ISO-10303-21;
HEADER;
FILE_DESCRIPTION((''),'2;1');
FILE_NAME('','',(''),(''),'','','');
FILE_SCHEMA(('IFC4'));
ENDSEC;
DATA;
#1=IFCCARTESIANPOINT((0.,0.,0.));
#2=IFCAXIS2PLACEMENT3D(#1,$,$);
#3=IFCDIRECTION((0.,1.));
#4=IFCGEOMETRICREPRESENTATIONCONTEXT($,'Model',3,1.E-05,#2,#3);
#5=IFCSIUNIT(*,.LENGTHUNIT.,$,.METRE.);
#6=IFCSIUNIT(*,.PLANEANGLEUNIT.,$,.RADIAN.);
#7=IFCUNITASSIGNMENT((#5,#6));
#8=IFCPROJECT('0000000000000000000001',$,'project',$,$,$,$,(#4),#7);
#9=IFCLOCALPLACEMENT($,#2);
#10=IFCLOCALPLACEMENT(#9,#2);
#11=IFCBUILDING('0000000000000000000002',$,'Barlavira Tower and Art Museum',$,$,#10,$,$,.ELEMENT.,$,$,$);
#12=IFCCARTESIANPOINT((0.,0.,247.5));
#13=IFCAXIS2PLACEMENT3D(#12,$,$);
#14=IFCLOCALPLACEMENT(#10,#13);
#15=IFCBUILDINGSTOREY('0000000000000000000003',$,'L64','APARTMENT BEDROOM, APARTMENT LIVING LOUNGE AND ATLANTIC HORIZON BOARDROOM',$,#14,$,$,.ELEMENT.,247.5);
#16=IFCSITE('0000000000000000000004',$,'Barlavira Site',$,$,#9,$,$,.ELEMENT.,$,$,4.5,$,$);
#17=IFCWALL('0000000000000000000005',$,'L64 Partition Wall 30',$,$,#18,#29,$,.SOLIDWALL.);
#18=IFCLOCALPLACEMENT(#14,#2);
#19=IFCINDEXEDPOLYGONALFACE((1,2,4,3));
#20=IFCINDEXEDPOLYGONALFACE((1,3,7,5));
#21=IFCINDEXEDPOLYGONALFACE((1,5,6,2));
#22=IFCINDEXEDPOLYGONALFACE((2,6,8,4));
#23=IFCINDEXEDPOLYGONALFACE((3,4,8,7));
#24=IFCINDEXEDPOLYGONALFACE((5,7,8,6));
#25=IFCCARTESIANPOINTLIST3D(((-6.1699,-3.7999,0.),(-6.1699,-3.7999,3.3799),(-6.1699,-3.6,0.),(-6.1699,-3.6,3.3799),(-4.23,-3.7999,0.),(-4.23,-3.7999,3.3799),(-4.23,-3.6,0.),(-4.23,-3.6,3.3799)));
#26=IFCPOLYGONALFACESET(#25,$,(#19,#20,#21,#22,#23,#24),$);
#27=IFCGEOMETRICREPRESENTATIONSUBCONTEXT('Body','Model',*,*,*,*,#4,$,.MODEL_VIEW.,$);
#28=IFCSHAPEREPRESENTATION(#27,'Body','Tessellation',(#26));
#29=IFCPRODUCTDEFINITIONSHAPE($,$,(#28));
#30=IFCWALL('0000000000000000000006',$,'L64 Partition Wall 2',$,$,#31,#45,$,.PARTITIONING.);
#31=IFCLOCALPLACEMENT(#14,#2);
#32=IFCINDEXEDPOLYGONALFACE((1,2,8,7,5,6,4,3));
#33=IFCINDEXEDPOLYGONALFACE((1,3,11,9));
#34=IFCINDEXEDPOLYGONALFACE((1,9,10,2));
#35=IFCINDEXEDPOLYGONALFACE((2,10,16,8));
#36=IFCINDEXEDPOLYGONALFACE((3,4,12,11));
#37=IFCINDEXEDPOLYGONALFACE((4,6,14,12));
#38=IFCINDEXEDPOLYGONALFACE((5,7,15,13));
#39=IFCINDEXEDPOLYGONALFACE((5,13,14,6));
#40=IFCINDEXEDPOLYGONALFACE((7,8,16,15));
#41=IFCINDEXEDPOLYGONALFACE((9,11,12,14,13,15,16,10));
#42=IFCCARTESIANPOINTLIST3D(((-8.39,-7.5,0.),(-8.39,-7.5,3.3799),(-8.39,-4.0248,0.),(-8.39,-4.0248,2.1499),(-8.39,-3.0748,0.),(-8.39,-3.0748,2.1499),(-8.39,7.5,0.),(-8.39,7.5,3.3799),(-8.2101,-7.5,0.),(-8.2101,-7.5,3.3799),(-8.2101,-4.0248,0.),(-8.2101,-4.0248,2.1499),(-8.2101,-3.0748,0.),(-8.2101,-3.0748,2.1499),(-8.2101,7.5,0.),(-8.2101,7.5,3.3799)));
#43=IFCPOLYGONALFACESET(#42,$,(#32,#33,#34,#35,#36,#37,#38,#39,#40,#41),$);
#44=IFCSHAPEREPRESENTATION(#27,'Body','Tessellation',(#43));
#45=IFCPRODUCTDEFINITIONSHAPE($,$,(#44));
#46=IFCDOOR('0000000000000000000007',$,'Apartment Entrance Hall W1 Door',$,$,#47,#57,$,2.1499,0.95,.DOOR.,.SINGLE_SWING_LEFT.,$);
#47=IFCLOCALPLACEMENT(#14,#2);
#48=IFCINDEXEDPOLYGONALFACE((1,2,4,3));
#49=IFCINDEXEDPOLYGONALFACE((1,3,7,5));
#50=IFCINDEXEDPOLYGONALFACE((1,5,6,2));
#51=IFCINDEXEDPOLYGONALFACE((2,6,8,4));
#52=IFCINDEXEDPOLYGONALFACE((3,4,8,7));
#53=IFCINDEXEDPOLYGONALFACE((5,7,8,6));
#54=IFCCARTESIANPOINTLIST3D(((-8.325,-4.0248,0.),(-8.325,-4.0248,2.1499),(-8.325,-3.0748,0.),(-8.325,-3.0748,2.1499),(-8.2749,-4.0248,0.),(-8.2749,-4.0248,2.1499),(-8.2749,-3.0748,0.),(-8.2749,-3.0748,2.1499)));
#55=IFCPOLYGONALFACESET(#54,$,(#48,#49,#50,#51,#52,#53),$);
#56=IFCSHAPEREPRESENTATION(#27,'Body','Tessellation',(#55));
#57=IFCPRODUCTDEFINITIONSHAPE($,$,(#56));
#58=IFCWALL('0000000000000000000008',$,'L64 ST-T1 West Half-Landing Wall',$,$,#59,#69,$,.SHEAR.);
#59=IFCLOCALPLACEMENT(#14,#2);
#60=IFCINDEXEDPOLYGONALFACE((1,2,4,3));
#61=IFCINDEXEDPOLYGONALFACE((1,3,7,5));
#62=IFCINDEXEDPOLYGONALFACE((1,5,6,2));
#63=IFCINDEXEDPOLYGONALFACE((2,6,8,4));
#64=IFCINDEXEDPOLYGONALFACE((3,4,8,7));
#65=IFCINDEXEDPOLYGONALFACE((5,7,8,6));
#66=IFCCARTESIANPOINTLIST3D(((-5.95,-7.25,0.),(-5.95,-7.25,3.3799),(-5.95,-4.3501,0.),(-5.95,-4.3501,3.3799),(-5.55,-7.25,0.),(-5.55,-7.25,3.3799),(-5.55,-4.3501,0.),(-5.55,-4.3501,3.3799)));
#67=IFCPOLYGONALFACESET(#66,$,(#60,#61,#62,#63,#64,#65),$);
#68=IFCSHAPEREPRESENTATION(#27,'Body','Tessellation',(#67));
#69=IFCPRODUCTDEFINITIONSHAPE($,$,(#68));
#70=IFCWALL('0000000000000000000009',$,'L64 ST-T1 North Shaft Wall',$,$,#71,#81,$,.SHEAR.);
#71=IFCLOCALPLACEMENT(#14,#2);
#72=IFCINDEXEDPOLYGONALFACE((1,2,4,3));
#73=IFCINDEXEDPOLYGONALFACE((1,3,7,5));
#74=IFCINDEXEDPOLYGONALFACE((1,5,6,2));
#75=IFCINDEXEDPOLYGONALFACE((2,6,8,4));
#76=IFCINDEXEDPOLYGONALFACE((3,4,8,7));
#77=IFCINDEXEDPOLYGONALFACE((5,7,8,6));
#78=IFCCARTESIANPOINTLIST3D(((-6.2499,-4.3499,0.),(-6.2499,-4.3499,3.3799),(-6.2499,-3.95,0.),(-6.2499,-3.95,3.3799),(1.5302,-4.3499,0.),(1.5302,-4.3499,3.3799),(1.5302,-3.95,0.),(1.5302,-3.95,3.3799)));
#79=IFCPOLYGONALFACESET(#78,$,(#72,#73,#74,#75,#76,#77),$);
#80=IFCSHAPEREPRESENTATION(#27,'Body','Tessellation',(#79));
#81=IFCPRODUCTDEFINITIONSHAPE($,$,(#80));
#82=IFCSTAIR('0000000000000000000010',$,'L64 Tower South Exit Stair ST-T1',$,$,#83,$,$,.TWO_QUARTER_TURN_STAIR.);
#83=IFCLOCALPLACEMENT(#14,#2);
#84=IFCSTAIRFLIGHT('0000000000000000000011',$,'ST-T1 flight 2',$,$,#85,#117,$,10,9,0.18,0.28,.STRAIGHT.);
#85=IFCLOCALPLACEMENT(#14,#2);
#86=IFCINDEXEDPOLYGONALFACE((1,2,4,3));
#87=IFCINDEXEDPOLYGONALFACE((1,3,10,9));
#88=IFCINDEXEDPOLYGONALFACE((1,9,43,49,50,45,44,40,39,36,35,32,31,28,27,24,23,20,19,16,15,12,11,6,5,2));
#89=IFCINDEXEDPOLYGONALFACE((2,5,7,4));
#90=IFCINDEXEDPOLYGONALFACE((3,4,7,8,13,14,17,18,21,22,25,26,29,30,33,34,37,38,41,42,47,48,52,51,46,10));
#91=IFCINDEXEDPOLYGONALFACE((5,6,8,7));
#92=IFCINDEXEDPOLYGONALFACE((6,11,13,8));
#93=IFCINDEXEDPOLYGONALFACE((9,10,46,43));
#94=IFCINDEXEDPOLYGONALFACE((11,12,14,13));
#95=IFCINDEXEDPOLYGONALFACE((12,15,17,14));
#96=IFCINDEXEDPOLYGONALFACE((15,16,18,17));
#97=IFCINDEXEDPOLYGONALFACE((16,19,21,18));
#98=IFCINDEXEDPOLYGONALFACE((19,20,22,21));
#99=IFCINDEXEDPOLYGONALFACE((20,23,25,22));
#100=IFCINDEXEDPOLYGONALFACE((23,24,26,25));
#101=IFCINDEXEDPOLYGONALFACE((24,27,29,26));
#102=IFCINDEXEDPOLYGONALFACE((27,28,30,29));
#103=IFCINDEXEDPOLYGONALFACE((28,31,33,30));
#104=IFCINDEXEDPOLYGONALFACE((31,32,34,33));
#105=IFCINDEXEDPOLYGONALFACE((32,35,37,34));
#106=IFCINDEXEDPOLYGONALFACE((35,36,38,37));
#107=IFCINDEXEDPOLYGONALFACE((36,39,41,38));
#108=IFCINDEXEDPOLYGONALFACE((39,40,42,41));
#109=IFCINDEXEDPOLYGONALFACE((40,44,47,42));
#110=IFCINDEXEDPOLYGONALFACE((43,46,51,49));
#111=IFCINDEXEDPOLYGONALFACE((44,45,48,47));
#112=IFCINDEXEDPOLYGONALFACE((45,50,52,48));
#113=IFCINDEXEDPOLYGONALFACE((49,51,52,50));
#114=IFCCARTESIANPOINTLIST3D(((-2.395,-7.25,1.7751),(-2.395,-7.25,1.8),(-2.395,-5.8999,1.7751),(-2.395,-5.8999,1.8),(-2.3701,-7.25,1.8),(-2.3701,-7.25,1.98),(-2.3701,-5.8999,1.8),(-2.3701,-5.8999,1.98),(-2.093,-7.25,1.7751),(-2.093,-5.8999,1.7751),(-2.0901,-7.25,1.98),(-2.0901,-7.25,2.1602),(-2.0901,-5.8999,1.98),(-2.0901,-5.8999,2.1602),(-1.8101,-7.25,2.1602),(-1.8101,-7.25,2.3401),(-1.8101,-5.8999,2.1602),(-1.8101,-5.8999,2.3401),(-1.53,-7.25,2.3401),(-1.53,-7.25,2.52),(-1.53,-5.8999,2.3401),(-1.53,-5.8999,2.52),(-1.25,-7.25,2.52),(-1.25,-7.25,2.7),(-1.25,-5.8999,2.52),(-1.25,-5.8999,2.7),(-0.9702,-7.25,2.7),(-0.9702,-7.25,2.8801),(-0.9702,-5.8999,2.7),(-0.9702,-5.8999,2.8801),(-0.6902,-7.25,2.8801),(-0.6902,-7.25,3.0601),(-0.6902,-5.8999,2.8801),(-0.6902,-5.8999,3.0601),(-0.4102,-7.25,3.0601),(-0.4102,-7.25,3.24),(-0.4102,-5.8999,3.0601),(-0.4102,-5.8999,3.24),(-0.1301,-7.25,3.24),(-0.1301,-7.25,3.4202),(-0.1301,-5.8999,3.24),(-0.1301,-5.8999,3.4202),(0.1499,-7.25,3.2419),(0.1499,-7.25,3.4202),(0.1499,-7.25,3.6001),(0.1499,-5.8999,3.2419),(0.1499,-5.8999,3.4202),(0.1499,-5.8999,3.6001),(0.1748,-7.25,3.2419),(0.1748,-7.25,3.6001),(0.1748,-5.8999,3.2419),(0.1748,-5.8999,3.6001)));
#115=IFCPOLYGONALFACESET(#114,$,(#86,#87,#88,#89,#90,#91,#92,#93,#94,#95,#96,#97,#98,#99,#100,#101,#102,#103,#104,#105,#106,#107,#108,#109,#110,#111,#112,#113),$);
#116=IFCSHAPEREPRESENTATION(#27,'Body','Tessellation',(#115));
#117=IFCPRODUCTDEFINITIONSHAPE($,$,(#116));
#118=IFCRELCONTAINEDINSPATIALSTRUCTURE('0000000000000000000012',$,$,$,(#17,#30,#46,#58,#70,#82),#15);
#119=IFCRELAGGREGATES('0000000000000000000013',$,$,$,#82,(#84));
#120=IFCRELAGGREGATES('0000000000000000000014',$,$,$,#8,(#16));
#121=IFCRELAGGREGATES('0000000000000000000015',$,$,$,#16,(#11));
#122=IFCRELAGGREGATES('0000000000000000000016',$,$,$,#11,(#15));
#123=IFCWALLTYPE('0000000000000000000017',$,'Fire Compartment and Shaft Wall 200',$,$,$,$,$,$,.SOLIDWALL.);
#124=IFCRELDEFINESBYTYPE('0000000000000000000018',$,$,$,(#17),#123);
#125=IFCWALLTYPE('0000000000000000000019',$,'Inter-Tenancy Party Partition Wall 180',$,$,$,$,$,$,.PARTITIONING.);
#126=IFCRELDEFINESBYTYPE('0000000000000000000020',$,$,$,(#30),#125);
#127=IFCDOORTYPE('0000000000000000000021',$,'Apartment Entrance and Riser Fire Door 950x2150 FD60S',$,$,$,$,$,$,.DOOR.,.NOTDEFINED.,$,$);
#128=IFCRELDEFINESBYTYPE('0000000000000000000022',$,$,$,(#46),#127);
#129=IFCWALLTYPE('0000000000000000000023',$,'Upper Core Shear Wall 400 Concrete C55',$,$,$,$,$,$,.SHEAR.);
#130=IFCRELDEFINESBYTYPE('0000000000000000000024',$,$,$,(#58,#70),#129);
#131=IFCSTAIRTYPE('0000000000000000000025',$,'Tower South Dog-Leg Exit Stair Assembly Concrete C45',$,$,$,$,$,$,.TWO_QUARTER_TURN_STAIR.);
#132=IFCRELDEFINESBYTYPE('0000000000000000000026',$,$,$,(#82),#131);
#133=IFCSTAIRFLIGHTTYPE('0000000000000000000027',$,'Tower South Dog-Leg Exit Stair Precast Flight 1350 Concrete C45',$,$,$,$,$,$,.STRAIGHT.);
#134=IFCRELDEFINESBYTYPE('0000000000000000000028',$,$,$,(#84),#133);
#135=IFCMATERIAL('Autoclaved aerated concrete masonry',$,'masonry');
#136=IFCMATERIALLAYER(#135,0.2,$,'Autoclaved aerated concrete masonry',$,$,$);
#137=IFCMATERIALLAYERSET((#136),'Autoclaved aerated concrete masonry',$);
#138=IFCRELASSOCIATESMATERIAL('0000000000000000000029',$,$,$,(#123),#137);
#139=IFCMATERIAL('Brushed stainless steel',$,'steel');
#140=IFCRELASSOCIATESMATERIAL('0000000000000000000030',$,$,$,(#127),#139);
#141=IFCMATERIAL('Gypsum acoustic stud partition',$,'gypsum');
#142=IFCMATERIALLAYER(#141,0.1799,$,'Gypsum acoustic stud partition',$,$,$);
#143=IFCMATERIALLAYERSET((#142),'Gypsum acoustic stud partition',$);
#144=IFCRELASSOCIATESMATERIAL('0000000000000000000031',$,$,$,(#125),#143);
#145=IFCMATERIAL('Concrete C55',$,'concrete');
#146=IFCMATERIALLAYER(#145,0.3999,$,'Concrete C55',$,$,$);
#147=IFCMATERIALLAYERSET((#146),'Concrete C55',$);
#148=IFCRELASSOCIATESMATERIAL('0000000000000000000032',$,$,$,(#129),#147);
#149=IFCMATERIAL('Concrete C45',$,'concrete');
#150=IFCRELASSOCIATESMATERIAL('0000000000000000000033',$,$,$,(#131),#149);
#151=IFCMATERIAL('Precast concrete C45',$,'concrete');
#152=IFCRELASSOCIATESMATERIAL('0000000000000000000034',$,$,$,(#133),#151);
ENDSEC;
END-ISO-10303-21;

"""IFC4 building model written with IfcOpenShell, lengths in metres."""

from ifc_helpers import new_model, si_unit, direction, frame, frame_2d, origin, place, context, subcontext, project, spatial, polyline, rectangle, outline, extrude, material, layer, layer_set, type_object, element, fill, aggregate, save


model = new_model("IFC4")

# Units and contexts
model_context = context("Model", 3, precision=1e-05, world=origin(), true_north=direction((0.0, 1.0)))
body_context = subcontext(model_context, "Body", "Model", "MODEL_VIEW")
ifc_project = project(units=[si_unit("LENGTHUNIT", "METRE"), si_unit("PLANEANGLEUNIT", "RADIAN")], contexts=[model_context])

# Site, building, storey
site_placement = place(None, origin())
site = spatial("IfcSite", under=ifc_project, at=site_placement, Name="Barlavira Site", CompositionType="ELEMENT", RefElevation=4.5)
building_placement = place(site_placement, origin())
building = spatial("IfcBuilding", under=site, at=building_placement, Name="Barlavira Tower and Art Museum", CompositionType="ELEMENT")
storey_placement = place(building_placement, frame((0.0, 0.0, 247.5)))
storey = spatial("IfcBuildingStorey", under=building, at=storey_placement, Name="L64", Description="APARTMENT BEDROOM, APARTMENT LIVING LOUNGE AND ATLANTIC HORIZON BOARDROOM", CompositionType="ELEMENT", Elevation=247.5)

# Shared definitions
ifc_material_1 = material(Name="Gypsum acoustic stud partition", Category="gypsum")

# Shared definitions
ifc_material_2 = material(Name="Autoclaved aerated concrete masonry", Category="masonry")
ifc_layer_1 = layer(ifc_material_2, 0.2, Name="Autoclaved aerated concrete masonry")
ifc_layer_set_1 = layer_set([ifc_layer_1], Name="Autoclaved aerated concrete masonry")
wall_type_1 = type_object("IfcWallType", Name="Fire Compartment and Shaft Wall 200", PredefinedType="SOLIDWALL", material=ifc_layer_set_1)

# Shared definitions
ifc_material_3 = material(Name="Brushed stainless steel", Category="steel")
door_type_1 = type_object("IfcDoorType", Name="Apartment Entrance and Riser Fire Door 950x2150 FD60S", OperationType="NOTDEFINED", PredefinedType="DOOR", material=ifc_material_3)

# Wall
wall_1_placement = place(storey_placement, frame((-6.1699, -3.7, 0.0), z_axis=(0.0, 0.0, 1.0), x_axis=(1.0, 0.0, 0.0)))
element("IfcWall", 1, at=wall_1_placement, inside=storey, type_object=wall_type_1, Name="L64 Partition Wall 30", PredefinedType="SOLIDWALL", context=body_context, shape_type="SweptSolid", body=[
    extrude(rectangle(XDim=1.9399, YDim=0.2, at=frame_2d((0.97, 0.0))), origin(), (0.0, 0.0, 1.0), 3.3799),
])

# Wall, opening, door
ifc_layer_2 = layer(ifc_material_1, 0.1799, Name="Gypsum acoustic stud partition")
ifc_layer_set_2 = layer_set([ifc_layer_2], Name="Gypsum acoustic stud partition")
wall_type_2 = type_object("IfcWallType", Name="Inter-Tenancy Party Partition Wall 180", PredefinedType="PARTITIONING", material=ifc_layer_set_2)
wall_2_placement = place(storey_placement, frame((-8.3, -7.5, 0.0), z_axis=(0.0, 0.0, 1.0), x_axis=(0.0, 1.0, 0.0)))
wall_2 = element("IfcWall", 2, at=wall_2_placement, inside=storey, type_object=wall_type_2, Name="L64 Partition Wall 2", PredefinedType="PARTITIONING", context=body_context, shape_type="SweptSolid", body=[
    extrude(rectangle(XDim=15.0, YDim=0.1799, at=frame_2d((7.5, 0.0))), origin(), (0.0, 0.0, 1.0), 3.3799),
])
opening_1_placement = place(wall_2_placement, frame((3.4751, 0.0, 0.0)))
opening_1 = element("IfcOpeningElement", 3, at=opening_1_placement, cuts=wall_2, PredefinedType="OPENING", context=body_context, shape_type="SweptSolid", body=[
    extrude(rectangle(XDim=0.95, YDim=2.1499, at=frame_2d((0.4751, 1.075))), frame((0.0, 0.1001, 0.0), z_axis=(0.0, -1.0, 0.0), x_axis=(1.0, 0.0, 0.0)), (0.0, 0.0, 1.0), 0.2),
])
door_1_placement = place(opening_1_placement, origin())
door_1 = element("IfcDoor", 4, at=door_1_placement, inside=storey, type_object=door_type_1, Name="Apartment Entrance Hall W1 Door", OperationType="SINGLE_SWING_LEFT", OverallHeight=2.1499, OverallWidth=0.95, PredefinedType="DOOR", context=body_context, shape_type="SweptSolid", body=[
    extrude(rectangle(XDim=0.95, YDim=2.1499, at=frame_2d((0.4751, 1.075))), frame((0.0, 0.0249, 0.0), z_axis=(0.0, -1.0, 0.0), x_axis=(1.0, 0.0, 0.0)), (0.0, 0.0, 1.0), 0.05),
])
fill(opening_1, door_1)

# Walls
ifc_material_4 = material(Name="Concrete C55", Category="concrete")
ifc_layer_3 = layer(ifc_material_4, 0.3999, Name="Concrete C55")
ifc_layer_set_3 = layer_set([ifc_layer_3], Name="Concrete C55")
wall_type_3 = type_object("IfcWallType", Name="Upper Core Shear Wall 400 Concrete C55", PredefinedType="SHEAR", material=ifc_layer_set_3)
wall_3_placement = place(storey_placement, frame((-5.75, -7.25, 0.0), z_axis=(0.0, 0.0, 1.0), x_axis=(0.0, 1.0, 0.0)))
element("IfcWall", 5, at=wall_3_placement, inside=storey, type_object=wall_type_3, Name="L64 ST-T1 West Half-Landing Wall", PredefinedType="SHEAR", context=body_context, shape_type="SweptSolid", body=[
    extrude(rectangle(XDim=2.8999, YDim=0.3999, at=frame_2d((1.45, 0.0))), origin(), (0.0, 0.0, 1.0), 3.3799),
])
wall_4_placement = place(storey_placement, frame((-6.25, -4.1499, 0.0), z_axis=(0.0, 0.0, 1.0), x_axis=(1.0, 0.0, 0.0)))
element("IfcWall", 6, at=wall_4_placement, inside=storey, type_object=wall_type_3, Name="L64 ST-T1 North Shaft Wall", PredefinedType="SHEAR", context=body_context, shape_type="SweptSolid", body=[
    extrude(rectangle(XDim=7.78, YDim=0.3999, at=frame_2d((3.8901, 0.0))), origin(), (0.0, 0.0, 1.0), 3.3799),
])

# Stair, stair flight
ifc_material_5 = material(Name="Concrete C45", Category="concrete")
stair_type = type_object("IfcStairType", Name="Tower South Dog-Leg Exit Stair Assembly Concrete C45", PredefinedType="TWO_QUARTER_TURN_STAIR", material=ifc_material_5)
stair_placement = place(storey_placement, origin())
stair = element("IfcStair", 7, at=stair_placement, inside=storey, type_object=stair_type, Name="L64 Tower South Exit Stair ST-T1", PredefinedType="TWO_QUARTER_TURN_STAIR")
ifc_material_6 = material(Name="Precast concrete C45", Category="concrete")
stair_flight_type = type_object("IfcStairFlightType", Name="Tower South Dog-Leg Exit Stair Precast Flight 1350 Concrete C45", PredefinedType="STRAIGHT", material=ifc_material_6)
stair_flight_placement = place(storey_placement, frame((-2.3701, -6.575, 1.8), z_axis=(0.0, 0.0, 1.0), x_axis=(1.0, 0.0, 0.0)))
stair_flight = element("IfcStairFlight", 8, at=stair_flight_placement, type_object=stair_flight_type, Name="ST-T1 flight 2", NumberOfRisers=10, NumberOfTreads=9, PredefinedType="STRAIGHT", RiserHeight=0.18, TreadLength=0.28, context=body_context, shape_type="SweptSolid", body=[
    extrude(outline(polyline([(-0.0249, 0.0), (0.0, 0.0), (0.0, 0.1799), (0.28, 0.1799), (0.28, 0.3601), (0.5601, 0.3601), (0.5601, 0.54), (0.8401, 0.54), (0.8401, 0.72), (1.1201, 0.72), (1.1201, 0.8999), (1.3999, 0.8999), (1.3999, 1.0801), (1.6799, 1.0801), (1.6799, 1.26), (1.96, 1.26), (1.96, 1.4399), (2.24, 1.4399), (2.24, 1.6201), (2.52, 1.6201), (2.52, 1.8), (2.5449, 1.8), (2.5449, 1.4419), (2.52, 1.4419), (0.2771, -0.0249), (-0.0249, -0.0249), (-0.0249, 0.0)])), frame((0.0, 0.675, 0.0), z_axis=(0.0, -1.0, 0.0), x_axis=(1.0, 0.0, 0.0)), (0.0, 0.0, 1.0), 1.3501),
])
aggregate(stair, [stair_flight])

save(model, "model.ifc")
